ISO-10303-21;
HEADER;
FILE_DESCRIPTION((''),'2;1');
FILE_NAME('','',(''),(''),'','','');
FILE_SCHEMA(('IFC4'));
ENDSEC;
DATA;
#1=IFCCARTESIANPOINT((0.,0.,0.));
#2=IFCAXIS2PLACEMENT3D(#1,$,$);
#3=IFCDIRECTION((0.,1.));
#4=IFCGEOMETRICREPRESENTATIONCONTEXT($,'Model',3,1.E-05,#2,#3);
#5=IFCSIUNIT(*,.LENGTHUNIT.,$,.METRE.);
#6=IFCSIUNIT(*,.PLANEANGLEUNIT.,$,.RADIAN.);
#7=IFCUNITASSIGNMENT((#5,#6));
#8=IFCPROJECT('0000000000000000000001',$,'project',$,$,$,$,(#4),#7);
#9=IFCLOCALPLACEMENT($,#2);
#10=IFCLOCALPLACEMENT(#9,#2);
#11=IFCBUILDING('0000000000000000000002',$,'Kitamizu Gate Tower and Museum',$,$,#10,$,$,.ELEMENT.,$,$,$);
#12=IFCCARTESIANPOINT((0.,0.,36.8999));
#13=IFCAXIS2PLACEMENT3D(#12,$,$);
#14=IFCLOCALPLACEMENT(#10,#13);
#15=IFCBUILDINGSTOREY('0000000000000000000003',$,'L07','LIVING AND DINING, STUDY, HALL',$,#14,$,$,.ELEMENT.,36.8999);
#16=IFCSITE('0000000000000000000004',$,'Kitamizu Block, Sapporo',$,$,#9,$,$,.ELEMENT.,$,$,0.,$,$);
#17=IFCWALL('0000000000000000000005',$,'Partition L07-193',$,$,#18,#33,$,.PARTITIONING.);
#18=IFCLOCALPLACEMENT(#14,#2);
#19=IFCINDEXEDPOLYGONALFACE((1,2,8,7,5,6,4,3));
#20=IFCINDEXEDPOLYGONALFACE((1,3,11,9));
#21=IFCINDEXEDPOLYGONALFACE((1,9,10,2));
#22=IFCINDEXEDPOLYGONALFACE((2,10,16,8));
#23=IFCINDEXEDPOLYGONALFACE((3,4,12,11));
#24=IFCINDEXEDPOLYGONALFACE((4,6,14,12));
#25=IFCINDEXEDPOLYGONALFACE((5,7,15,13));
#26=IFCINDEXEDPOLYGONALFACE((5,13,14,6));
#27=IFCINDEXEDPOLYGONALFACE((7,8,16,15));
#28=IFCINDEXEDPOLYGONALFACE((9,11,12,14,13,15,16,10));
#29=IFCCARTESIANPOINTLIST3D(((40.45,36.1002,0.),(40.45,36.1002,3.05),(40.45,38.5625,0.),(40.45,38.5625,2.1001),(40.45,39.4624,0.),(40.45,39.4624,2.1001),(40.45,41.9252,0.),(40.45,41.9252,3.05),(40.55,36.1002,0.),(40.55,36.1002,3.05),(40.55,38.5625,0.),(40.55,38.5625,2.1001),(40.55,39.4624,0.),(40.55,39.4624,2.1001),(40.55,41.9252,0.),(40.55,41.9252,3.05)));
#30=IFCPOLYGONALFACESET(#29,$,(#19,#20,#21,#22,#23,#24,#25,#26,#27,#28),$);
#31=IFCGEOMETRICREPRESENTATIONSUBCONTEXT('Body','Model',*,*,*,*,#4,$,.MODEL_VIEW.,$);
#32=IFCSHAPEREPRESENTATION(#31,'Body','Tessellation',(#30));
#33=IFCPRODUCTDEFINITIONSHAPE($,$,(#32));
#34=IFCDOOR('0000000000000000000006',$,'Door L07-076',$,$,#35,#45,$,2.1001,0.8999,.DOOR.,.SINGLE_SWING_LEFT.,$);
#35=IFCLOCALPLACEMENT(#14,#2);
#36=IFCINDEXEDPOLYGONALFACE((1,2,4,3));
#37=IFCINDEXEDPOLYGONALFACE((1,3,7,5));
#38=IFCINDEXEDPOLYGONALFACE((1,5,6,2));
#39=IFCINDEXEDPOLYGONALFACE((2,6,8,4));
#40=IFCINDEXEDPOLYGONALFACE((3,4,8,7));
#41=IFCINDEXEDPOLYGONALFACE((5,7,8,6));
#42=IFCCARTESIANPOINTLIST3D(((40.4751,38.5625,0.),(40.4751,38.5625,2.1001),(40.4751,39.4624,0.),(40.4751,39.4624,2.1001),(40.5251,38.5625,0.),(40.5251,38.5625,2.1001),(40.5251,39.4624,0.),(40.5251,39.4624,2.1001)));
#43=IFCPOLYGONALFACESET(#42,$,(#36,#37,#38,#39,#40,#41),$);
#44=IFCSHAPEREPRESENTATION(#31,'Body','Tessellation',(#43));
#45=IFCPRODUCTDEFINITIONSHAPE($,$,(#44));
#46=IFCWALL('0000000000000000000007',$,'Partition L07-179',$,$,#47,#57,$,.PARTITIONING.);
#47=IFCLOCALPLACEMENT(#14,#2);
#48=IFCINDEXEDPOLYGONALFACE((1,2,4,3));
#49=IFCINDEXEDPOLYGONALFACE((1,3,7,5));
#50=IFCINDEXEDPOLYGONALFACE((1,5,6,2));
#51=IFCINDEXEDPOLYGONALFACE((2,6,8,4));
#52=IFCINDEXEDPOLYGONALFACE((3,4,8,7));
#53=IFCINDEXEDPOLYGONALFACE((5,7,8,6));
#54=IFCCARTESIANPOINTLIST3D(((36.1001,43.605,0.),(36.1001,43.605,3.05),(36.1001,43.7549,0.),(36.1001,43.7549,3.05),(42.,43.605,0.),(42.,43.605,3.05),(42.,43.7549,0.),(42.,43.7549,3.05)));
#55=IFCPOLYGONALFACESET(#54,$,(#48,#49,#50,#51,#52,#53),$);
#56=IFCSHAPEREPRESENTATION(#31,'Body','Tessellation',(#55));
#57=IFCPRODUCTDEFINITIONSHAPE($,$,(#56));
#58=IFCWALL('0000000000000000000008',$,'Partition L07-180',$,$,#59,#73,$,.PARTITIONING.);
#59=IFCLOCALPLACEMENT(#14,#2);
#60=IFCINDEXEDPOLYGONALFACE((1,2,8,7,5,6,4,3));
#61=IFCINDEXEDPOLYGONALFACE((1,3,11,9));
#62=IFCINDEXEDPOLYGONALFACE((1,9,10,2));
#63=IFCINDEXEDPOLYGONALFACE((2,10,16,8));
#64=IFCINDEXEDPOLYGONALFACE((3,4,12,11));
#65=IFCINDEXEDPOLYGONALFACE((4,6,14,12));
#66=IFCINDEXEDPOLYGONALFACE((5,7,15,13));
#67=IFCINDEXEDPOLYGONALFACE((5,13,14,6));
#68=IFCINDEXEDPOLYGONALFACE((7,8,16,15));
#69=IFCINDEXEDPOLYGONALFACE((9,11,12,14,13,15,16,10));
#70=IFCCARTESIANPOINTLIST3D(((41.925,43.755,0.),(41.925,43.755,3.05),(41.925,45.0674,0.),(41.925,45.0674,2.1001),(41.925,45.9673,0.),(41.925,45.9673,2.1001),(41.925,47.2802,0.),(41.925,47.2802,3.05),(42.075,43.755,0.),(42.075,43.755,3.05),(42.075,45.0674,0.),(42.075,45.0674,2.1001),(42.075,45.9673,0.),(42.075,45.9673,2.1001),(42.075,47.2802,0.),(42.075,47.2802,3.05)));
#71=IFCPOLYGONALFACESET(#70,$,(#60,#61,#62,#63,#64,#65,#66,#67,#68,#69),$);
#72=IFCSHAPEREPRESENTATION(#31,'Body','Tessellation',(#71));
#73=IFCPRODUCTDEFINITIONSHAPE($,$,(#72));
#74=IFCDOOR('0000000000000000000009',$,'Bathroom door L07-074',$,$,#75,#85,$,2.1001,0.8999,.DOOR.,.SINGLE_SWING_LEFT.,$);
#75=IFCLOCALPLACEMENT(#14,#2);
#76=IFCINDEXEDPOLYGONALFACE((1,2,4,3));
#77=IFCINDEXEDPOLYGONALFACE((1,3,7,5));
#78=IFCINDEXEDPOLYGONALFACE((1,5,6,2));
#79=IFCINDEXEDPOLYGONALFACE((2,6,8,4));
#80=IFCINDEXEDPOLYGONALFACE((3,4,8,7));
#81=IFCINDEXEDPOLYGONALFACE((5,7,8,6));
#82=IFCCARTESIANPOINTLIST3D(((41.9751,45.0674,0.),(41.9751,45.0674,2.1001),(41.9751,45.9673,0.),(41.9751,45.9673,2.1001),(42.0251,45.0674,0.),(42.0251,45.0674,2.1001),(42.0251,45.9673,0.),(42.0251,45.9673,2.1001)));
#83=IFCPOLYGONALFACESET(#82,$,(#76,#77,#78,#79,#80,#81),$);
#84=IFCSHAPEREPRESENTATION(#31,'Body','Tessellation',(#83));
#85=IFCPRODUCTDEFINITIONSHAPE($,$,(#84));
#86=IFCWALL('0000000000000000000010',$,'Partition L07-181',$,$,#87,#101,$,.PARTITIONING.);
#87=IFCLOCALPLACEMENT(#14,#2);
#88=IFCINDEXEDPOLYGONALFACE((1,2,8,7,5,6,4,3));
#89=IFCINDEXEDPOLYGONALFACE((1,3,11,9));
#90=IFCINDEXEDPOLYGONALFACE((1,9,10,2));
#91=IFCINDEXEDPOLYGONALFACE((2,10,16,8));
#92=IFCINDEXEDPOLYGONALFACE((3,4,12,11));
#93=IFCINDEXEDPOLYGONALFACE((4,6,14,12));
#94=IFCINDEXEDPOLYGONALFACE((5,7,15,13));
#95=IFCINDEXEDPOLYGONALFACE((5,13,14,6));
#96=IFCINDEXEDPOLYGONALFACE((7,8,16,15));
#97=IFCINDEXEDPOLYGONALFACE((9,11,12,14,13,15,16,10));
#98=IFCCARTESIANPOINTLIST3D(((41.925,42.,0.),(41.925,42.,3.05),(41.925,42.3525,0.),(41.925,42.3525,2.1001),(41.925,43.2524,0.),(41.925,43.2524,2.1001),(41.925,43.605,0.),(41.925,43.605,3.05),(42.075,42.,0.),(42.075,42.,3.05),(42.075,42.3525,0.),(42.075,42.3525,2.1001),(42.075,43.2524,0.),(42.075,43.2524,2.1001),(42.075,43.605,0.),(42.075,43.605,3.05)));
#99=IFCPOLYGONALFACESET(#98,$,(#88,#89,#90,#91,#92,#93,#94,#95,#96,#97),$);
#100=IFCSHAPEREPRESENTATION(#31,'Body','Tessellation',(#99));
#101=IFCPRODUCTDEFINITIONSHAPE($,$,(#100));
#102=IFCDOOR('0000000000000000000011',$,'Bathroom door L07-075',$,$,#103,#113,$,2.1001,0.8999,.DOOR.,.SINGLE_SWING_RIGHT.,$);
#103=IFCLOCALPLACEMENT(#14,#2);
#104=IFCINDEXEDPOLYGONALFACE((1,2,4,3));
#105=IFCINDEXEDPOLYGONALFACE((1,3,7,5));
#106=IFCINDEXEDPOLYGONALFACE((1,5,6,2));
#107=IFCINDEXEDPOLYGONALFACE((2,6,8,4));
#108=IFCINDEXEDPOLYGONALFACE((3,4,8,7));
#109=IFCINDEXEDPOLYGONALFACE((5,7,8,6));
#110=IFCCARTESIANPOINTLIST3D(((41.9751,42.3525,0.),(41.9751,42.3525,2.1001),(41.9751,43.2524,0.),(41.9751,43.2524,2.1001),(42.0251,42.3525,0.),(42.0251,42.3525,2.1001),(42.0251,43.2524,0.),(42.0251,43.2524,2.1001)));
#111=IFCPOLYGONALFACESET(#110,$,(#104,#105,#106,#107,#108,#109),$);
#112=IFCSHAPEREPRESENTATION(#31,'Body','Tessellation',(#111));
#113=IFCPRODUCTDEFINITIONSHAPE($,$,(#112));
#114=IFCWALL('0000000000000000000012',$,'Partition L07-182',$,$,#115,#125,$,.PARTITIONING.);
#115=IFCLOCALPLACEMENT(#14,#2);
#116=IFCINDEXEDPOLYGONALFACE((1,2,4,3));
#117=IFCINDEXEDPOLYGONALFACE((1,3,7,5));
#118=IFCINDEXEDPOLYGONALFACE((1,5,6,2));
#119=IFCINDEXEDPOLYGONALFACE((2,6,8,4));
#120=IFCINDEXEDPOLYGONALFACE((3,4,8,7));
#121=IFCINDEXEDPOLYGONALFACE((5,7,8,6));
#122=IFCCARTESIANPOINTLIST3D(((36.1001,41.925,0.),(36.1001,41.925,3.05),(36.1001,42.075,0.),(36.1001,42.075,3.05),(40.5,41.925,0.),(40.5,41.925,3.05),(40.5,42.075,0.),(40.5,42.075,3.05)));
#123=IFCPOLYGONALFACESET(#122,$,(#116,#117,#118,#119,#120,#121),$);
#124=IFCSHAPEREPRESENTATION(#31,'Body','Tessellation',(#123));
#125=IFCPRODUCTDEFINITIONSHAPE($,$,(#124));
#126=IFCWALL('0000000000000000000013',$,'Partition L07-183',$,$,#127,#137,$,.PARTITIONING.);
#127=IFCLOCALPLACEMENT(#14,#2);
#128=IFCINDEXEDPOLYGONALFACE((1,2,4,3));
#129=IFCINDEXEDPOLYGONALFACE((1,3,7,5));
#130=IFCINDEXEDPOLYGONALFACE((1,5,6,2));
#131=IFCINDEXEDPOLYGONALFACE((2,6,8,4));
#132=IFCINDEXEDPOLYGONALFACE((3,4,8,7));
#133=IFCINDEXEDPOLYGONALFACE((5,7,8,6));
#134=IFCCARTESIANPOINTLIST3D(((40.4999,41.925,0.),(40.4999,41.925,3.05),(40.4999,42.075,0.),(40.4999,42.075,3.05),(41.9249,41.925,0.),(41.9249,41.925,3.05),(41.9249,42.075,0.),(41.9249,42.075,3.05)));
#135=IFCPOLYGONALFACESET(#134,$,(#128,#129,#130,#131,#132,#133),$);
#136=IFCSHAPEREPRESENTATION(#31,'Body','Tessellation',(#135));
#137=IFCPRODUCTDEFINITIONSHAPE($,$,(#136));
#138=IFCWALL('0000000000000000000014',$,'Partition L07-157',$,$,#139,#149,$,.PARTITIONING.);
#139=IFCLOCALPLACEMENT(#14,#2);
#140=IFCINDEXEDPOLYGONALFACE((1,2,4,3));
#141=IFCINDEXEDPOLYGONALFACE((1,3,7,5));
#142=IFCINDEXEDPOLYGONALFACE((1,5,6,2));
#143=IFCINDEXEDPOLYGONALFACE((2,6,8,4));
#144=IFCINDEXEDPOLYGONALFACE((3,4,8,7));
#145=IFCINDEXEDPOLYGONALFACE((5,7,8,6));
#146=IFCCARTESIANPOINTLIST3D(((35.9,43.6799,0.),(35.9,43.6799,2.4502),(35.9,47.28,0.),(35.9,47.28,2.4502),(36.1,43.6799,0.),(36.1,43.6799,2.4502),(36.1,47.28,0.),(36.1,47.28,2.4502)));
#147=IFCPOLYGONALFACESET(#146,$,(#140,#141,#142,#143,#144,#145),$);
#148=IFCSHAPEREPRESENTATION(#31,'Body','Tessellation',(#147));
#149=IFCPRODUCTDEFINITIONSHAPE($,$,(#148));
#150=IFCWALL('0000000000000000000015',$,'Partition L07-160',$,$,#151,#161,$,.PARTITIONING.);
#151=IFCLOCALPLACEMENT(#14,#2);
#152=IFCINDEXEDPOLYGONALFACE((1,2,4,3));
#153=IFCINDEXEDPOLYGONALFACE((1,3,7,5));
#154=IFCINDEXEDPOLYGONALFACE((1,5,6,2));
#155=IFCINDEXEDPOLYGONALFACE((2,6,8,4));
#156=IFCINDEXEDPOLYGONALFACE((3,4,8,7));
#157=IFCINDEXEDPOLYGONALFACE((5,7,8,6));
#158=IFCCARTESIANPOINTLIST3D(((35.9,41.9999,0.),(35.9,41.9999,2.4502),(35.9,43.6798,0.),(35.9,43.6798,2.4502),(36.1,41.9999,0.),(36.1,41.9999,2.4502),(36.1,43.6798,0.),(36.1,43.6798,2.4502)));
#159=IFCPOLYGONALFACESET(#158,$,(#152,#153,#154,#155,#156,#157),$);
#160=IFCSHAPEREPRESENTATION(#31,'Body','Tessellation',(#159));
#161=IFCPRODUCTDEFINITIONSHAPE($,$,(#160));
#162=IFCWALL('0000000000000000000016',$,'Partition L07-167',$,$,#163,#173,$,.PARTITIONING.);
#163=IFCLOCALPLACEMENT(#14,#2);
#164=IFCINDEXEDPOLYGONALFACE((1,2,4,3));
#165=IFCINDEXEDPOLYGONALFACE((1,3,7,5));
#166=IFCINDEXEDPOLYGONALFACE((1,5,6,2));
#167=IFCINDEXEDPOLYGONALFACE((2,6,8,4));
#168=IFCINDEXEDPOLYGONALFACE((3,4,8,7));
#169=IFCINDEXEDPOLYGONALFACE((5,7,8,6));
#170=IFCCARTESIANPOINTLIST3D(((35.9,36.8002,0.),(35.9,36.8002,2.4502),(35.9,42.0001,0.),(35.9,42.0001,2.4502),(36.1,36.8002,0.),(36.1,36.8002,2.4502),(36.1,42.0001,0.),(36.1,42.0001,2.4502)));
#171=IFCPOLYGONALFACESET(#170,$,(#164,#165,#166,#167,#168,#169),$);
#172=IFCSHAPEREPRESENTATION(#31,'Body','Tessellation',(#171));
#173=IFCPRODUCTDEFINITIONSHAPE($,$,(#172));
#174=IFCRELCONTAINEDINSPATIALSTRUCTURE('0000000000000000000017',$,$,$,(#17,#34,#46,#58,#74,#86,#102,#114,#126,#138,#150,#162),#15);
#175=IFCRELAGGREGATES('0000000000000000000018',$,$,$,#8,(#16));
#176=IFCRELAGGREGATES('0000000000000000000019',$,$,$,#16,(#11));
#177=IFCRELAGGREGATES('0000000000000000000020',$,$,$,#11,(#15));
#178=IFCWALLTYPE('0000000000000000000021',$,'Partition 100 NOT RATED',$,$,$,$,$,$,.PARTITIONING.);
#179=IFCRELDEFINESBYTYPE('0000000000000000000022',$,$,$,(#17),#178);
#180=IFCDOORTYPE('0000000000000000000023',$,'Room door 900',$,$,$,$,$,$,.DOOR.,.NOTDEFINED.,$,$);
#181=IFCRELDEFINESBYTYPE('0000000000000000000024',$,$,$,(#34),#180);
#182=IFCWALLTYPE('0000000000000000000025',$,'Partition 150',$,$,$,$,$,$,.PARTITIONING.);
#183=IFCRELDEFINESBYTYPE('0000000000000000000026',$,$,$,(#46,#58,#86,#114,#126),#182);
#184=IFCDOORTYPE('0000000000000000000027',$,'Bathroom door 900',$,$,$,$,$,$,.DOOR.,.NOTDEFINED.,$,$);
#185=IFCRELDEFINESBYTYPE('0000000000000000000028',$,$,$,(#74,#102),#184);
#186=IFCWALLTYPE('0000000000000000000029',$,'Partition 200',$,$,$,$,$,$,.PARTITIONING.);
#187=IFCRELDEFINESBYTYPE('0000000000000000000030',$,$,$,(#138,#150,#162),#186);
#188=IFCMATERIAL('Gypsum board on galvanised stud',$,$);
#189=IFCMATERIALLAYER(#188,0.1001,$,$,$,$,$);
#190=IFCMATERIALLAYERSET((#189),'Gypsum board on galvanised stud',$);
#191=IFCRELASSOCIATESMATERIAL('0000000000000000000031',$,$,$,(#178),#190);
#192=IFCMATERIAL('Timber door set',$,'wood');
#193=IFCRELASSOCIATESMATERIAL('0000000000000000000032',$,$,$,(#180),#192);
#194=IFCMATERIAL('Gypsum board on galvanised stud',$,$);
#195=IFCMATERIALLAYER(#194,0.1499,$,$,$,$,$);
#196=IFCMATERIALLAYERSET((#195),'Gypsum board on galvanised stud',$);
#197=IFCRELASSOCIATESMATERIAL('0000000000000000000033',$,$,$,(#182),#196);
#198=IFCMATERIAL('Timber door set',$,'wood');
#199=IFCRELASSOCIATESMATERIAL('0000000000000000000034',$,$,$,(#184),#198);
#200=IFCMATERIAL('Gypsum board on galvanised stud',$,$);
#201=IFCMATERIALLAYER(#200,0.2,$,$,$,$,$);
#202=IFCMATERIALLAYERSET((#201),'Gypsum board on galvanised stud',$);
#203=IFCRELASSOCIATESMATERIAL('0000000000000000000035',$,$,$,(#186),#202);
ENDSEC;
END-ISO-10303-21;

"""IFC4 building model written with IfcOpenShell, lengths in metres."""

from ifc_helpers import new_model, si_unit, direction, frame, frame_2d, origin, place, context, subcontext, project, spatial, rectangle, extrude, material, layer, layer_set, type_object, element, fill, save


model = new_model("IFC4")

# Units and contexts
model_context = context("Model", 3, precision=1e-05, world=origin(), true_north=direction((0.0, 1.0)))
body_context = subcontext(model_context, "Body", "Model", "MODEL_VIEW")
ifc_project = project(units=[si_unit("LENGTHUNIT", "METRE"), si_unit("PLANEANGLEUNIT", "RADIAN")], contexts=[model_context])

# Site, building, storey
site_placement = place(None, origin())
site = spatial("IfcSite", under=ifc_project, at=site_placement, Name="Kitamizu Block, Sapporo", CompositionType="ELEMENT", RefElevation=0.0)
building_placement = place(site_placement, origin())
building = spatial("IfcBuilding", under=site, at=building_placement, Name="Kitamizu Gate Tower and Museum", CompositionType="ELEMENT")
storey_placement = place(building_placement, frame((0.0, 0.0, 36.8999)))
storey = spatial("IfcBuildingStorey", under=building, at=storey_placement, Name="L07", Description="LIVING AND DINING, STUDY, HALL", CompositionType="ELEMENT", Elevation=36.8999)

# Wall, opening, door
ifc_material_1 = material(Name="Gypsum board on galvanised stud")
ifc_layer_1 = layer(ifc_material_1, 0.1001)
ifc_layer_set_1 = layer_set([ifc_layer_1], Name="Gypsum board on galvanised stud")
wall_type_1 = type_object("IfcWallType", Name="Partition 100 NOT RATED", PredefinedType="PARTITIONING", material=ifc_layer_set_1)
ifc_material_2 = material(Name="Timber door set", Category="wood")
door_type_1 = type_object("IfcDoorType", Name="Room door 900", OperationType="NOTDEFINED", PredefinedType="DOOR", material=ifc_material_2)
wall_1_placement = place(storey_placement, frame((40.5, 36.1001, 0.0), z_axis=(0.0, 0.0, 1.0), x_axis=(0.0, 1.0, 0.0)))
wall_1 = element("IfcWall", 1, at=wall_1_placement, inside=storey, type_object=wall_type_1, Name="Partition L07-193", PredefinedType="PARTITIONING", context=body_context, shape_type="SweptSolid", body=[
    extrude(rectangle(XDim=5.825, YDim=0.1001, at=frame_2d((2.9126, 0.0))), origin(), (0.0, 0.0, 1.0), 3.05),
])
opening_1_placement = place(wall_1_placement, frame((2.4624, 0.0, 0.0)))
opening_1 = element("IfcOpeningElement", 2, at=opening_1_placement, cuts=wall_1, PredefinedType="OPENING", context=body_context, shape_type="SweptSolid", body=[
    extrude(rectangle(XDim=0.8999, YDim=2.1001, at=frame_2d((0.45, 1.05))), frame((0.0, 0.0601, 0.0), z_axis=(0.0, -1.0, 0.0), x_axis=(1.0, 0.0, 0.0)), (0.0, 0.0, 1.0), 0.1201),
])
door_1_placement = place(opening_1_placement, origin())
door_1 = element("IfcDoor", 3, at=door_1_placement, inside=storey, type_object=door_type_1, Name="Door L07-076", OperationType="SINGLE_SWING_LEFT", OverallHeight=2.1001, OverallWidth=0.8999, PredefinedType="DOOR", context=body_context, shape_type="SweptSolid", body=[
    extrude(rectangle(XDim=0.8999, YDim=2.1001, at=frame_2d((0.45, 1.05))), frame((0.0, 0.0249, 0.0), z_axis=(0.0, -1.0, 0.0), x_axis=(1.0, 0.0, 0.0)), (0.0, 0.0, 1.0), 0.05),
])
fill(opening_1, door_1)

# Wall
ifc_material_3 = material(Name="Gypsum board on galvanised stud")
ifc_layer_2 = layer(ifc_material_3, 0.1499)
ifc_layer_set_2 = layer_set([ifc_layer_2], Name="Gypsum board on galvanised stud")
wall_type_2 = type_object("IfcWallType", Name="Partition 150", PredefinedType="PARTITIONING", material=ifc_layer_set_2)
wall_2_placement = place(storey_placement, frame((36.1001, 43.6799, 0.0), z_axis=(0.0, 0.0, 1.0), x_axis=(1.0, 0.0, 0.0)))
element("IfcWall", 4, at=wall_2_placement, inside=storey, type_object=wall_type_2, Name="Partition L07-179", PredefinedType="PARTITIONING", context=body_context, shape_type="SweptSolid", body=[
    extrude(rectangle(XDim=5.8999, YDim=0.1499, at=frame_2d((2.95, 0.0))), origin(), (0.0, 0.0, 1.0), 3.05),
])

# Walls, openings, doors
wall_3_placement = place(storey_placement, frame((42.0, 43.7549, 0.0), z_axis=(0.0, 0.0, 1.0), x_axis=(0.0, 1.0, 0.0)))
wall_3 = element("IfcWall", 5, at=wall_3_placement, inside=storey, type_object=wall_type_2, Name="Partition L07-180", PredefinedType="PARTITIONING", context=body_context, shape_type="SweptSolid", body=[
    extrude(rectangle(XDim=3.5251, YDim=0.1499, at=frame_2d((1.7627, 0.0))), origin(), (0.0, 0.0, 1.0), 3.05),
])
opening_2_placement = place(wall_3_placement, frame((1.3125, 0.0, 0.0)))
opening_2 = element("IfcOpeningElement", 6, at=opening_2_placement, cuts=wall_3, PredefinedType="OPENING", context=body_context, shape_type="SweptSolid", body=[
    extrude(rectangle(XDim=0.8999, YDim=2.1001, at=frame_2d((0.45, 1.05))), frame((0.0, 0.085, 0.0), z_axis=(0.0, -1.0, 0.0), x_axis=(1.0, 0.0, 0.0)), (0.0, 0.0, 1.0), 0.1699),
])
ifc_material_4 = material(Name="Timber door set", Category="wood")
door_type_2 = type_object("IfcDoorType", Name="Bathroom door 900", OperationType="NOTDEFINED", PredefinedType="DOOR", material=ifc_material_4)
door_2_placement = place(opening_2_placement, origin())
door_2 = element("IfcDoor", 7, at=door_2_placement, inside=storey, type_object=door_type_2, Name="Bathroom door L07-074", OperationType="SINGLE_SWING_LEFT", OverallHeight=2.1001, OverallWidth=0.8999, PredefinedType="DOOR", context=body_context, shape_type="SweptSolid", body=[
    extrude(rectangle(XDim=0.8999, YDim=2.1001, at=frame_2d((0.45, 1.05))), frame((0.0, 0.0249, 0.0), z_axis=(0.0, -1.0, 0.0), x_axis=(1.0, 0.0, 0.0)), (0.0, 0.0, 1.0), 0.05),
])
fill(opening_2, door_2)
wall_4_placement = place(storey_placement, frame((42.0, 42.0, 0.0), z_axis=(0.0, 0.0, 1.0), x_axis=(0.0, 1.0, 0.0)))
wall_4 = element("IfcWall", 8, at=wall_4_placement, inside=storey, type_object=wall_type_2, Name="Partition L07-181", PredefinedType="PARTITIONING", context=body_context, shape_type="SweptSolid", body=[
    extrude(rectangle(XDim=1.605, YDim=0.1499, at=frame_2d((0.8025, 0.0))), origin(), (0.0, 0.0, 1.0), 3.05),
])
opening_3_placement = place(wall_4_placement, frame((0.3525, 0.0, 0.0)))
opening_3 = element("IfcOpeningElement", 9, at=opening_3_placement, cuts=wall_4, PredefinedType="OPENING", context=body_context, shape_type="SweptSolid", body=[
    extrude(rectangle(XDim=0.8999, YDim=2.1001, at=frame_2d((0.45, 1.05))), frame((0.0, 0.085, 0.0), z_axis=(0.0, -1.0, 0.0), x_axis=(1.0, 0.0, 0.0)), (0.0, 0.0, 1.0), 0.1699),
])
door_3_placement = place(opening_3_placement, origin())
door_3 = element("IfcDoor", 10, at=door_3_placement, inside=storey, type_object=door_type_2, Name="Bathroom door L07-075", OperationType="SINGLE_SWING_RIGHT", OverallHeight=2.1001, OverallWidth=0.8999, PredefinedType="DOOR", context=body_context, shape_type="SweptSolid", body=[
    extrude(rectangle(XDim=0.8999, YDim=2.1001, at=frame_2d((0.45, 1.05))), frame((0.0, 0.0249, 0.0), z_axis=(0.0, -1.0, 0.0), x_axis=(1.0, 0.0, 0.0)), (0.0, 0.0, 1.0), 0.05),
])
fill(opening_3, door_3)

# Walls
wall_5_placement = place(storey_placement, frame((36.1001, 42.0, 0.0), z_axis=(0.0, 0.0, 1.0), x_axis=(1.0, 0.0, 0.0)))
element("IfcWall", 11, at=wall_5_placement, inside=storey, type_object=wall_type_2, Name="Partition L07-182", PredefinedType="PARTITIONING", context=body_context, shape_type="SweptSolid", body=[
    extrude(rectangle(XDim=4.3999, YDim=0.1499, at=frame_2d((2.2, 0.0))), origin(), (0.0, 0.0, 1.0), 3.05),
])
wall_6_placement = place(storey_placement, frame((40.5, 42.0, 0.0), z_axis=(0.0, 0.0, 1.0), x_axis=(1.0, 0.0, 0.0)))
element("IfcWall", 12, at=wall_6_placement, inside=storey, type_object=wall_type_2, Name="Partition L07-183", PredefinedType="PARTITIONING", context=body_context, shape_type="SweptSolid", body=[
    extrude(rectangle(XDim=1.425, YDim=0.1499, at=frame_2d((0.7124, 0.0))), origin(), (0.0, 0.0, 1.0), 3.05),
])
ifc_material_5 = material(Name="Gypsum board on galvanised stud")
ifc_layer_3 = layer(ifc_material_5, 0.2)
ifc_layer_set_3 = layer_set([ifc_layer_3], Name="Gypsum board on galvanised stud")
wall_type_3 = type_object("IfcWallType", Name="Partition 200", PredefinedType="PARTITIONING", material=ifc_layer_set_3)
wall_7_placement = place(storey_placement, frame((36.0, 43.6799, 0.0), z_axis=(0.0, 0.0, 1.0), x_axis=(0.0, 1.0, 0.0)))
element("IfcWall", 13, at=wall_7_placement, inside=storey, type_object=wall_type_3, Name="Partition L07-157", PredefinedType="PARTITIONING", context=body_context, shape_type="SweptSolid", body=[
    extrude(rectangle(XDim=3.6001, YDim=0.2, at=frame_2d((1.8, 0.0))), origin(), (0.0, 0.0, 1.0), 2.4502),
])
wall_8_placement = place(storey_placement, frame((36.0, 42.0, 0.0), z_axis=(0.0, 0.0, 1.0), x_axis=(0.0, 1.0, 0.0)))
element("IfcWall", 14, at=wall_8_placement, inside=storey, type_object=wall_type_3, Name="Partition L07-160", PredefinedType="PARTITIONING", context=body_context, shape_type="SweptSolid", body=[
    extrude(rectangle(XDim=1.6799, YDim=0.2, at=frame_2d((0.8398, 0.0))), origin(), (0.0, 0.0, 1.0), 2.4502),
])
wall_9_placement = place(storey_placement, frame((36.0, 36.8, 0.0), z_axis=(0.0, 0.0, 1.0), x_axis=(0.0, 1.0, 0.0)))
element("IfcWall", 15, at=wall_9_placement, inside=storey, type_object=wall_type_3, Name="Partition L07-167", PredefinedType="PARTITIONING", context=body_context, shape_type="SweptSolid", body=[
    extrude(rectangle(XDim=5.2, YDim=0.2, at=frame_2d((2.6001, 0.0))), origin(), (0.0, 0.0, 1.0), 2.4502),
])

save(model, "model.ifc")
